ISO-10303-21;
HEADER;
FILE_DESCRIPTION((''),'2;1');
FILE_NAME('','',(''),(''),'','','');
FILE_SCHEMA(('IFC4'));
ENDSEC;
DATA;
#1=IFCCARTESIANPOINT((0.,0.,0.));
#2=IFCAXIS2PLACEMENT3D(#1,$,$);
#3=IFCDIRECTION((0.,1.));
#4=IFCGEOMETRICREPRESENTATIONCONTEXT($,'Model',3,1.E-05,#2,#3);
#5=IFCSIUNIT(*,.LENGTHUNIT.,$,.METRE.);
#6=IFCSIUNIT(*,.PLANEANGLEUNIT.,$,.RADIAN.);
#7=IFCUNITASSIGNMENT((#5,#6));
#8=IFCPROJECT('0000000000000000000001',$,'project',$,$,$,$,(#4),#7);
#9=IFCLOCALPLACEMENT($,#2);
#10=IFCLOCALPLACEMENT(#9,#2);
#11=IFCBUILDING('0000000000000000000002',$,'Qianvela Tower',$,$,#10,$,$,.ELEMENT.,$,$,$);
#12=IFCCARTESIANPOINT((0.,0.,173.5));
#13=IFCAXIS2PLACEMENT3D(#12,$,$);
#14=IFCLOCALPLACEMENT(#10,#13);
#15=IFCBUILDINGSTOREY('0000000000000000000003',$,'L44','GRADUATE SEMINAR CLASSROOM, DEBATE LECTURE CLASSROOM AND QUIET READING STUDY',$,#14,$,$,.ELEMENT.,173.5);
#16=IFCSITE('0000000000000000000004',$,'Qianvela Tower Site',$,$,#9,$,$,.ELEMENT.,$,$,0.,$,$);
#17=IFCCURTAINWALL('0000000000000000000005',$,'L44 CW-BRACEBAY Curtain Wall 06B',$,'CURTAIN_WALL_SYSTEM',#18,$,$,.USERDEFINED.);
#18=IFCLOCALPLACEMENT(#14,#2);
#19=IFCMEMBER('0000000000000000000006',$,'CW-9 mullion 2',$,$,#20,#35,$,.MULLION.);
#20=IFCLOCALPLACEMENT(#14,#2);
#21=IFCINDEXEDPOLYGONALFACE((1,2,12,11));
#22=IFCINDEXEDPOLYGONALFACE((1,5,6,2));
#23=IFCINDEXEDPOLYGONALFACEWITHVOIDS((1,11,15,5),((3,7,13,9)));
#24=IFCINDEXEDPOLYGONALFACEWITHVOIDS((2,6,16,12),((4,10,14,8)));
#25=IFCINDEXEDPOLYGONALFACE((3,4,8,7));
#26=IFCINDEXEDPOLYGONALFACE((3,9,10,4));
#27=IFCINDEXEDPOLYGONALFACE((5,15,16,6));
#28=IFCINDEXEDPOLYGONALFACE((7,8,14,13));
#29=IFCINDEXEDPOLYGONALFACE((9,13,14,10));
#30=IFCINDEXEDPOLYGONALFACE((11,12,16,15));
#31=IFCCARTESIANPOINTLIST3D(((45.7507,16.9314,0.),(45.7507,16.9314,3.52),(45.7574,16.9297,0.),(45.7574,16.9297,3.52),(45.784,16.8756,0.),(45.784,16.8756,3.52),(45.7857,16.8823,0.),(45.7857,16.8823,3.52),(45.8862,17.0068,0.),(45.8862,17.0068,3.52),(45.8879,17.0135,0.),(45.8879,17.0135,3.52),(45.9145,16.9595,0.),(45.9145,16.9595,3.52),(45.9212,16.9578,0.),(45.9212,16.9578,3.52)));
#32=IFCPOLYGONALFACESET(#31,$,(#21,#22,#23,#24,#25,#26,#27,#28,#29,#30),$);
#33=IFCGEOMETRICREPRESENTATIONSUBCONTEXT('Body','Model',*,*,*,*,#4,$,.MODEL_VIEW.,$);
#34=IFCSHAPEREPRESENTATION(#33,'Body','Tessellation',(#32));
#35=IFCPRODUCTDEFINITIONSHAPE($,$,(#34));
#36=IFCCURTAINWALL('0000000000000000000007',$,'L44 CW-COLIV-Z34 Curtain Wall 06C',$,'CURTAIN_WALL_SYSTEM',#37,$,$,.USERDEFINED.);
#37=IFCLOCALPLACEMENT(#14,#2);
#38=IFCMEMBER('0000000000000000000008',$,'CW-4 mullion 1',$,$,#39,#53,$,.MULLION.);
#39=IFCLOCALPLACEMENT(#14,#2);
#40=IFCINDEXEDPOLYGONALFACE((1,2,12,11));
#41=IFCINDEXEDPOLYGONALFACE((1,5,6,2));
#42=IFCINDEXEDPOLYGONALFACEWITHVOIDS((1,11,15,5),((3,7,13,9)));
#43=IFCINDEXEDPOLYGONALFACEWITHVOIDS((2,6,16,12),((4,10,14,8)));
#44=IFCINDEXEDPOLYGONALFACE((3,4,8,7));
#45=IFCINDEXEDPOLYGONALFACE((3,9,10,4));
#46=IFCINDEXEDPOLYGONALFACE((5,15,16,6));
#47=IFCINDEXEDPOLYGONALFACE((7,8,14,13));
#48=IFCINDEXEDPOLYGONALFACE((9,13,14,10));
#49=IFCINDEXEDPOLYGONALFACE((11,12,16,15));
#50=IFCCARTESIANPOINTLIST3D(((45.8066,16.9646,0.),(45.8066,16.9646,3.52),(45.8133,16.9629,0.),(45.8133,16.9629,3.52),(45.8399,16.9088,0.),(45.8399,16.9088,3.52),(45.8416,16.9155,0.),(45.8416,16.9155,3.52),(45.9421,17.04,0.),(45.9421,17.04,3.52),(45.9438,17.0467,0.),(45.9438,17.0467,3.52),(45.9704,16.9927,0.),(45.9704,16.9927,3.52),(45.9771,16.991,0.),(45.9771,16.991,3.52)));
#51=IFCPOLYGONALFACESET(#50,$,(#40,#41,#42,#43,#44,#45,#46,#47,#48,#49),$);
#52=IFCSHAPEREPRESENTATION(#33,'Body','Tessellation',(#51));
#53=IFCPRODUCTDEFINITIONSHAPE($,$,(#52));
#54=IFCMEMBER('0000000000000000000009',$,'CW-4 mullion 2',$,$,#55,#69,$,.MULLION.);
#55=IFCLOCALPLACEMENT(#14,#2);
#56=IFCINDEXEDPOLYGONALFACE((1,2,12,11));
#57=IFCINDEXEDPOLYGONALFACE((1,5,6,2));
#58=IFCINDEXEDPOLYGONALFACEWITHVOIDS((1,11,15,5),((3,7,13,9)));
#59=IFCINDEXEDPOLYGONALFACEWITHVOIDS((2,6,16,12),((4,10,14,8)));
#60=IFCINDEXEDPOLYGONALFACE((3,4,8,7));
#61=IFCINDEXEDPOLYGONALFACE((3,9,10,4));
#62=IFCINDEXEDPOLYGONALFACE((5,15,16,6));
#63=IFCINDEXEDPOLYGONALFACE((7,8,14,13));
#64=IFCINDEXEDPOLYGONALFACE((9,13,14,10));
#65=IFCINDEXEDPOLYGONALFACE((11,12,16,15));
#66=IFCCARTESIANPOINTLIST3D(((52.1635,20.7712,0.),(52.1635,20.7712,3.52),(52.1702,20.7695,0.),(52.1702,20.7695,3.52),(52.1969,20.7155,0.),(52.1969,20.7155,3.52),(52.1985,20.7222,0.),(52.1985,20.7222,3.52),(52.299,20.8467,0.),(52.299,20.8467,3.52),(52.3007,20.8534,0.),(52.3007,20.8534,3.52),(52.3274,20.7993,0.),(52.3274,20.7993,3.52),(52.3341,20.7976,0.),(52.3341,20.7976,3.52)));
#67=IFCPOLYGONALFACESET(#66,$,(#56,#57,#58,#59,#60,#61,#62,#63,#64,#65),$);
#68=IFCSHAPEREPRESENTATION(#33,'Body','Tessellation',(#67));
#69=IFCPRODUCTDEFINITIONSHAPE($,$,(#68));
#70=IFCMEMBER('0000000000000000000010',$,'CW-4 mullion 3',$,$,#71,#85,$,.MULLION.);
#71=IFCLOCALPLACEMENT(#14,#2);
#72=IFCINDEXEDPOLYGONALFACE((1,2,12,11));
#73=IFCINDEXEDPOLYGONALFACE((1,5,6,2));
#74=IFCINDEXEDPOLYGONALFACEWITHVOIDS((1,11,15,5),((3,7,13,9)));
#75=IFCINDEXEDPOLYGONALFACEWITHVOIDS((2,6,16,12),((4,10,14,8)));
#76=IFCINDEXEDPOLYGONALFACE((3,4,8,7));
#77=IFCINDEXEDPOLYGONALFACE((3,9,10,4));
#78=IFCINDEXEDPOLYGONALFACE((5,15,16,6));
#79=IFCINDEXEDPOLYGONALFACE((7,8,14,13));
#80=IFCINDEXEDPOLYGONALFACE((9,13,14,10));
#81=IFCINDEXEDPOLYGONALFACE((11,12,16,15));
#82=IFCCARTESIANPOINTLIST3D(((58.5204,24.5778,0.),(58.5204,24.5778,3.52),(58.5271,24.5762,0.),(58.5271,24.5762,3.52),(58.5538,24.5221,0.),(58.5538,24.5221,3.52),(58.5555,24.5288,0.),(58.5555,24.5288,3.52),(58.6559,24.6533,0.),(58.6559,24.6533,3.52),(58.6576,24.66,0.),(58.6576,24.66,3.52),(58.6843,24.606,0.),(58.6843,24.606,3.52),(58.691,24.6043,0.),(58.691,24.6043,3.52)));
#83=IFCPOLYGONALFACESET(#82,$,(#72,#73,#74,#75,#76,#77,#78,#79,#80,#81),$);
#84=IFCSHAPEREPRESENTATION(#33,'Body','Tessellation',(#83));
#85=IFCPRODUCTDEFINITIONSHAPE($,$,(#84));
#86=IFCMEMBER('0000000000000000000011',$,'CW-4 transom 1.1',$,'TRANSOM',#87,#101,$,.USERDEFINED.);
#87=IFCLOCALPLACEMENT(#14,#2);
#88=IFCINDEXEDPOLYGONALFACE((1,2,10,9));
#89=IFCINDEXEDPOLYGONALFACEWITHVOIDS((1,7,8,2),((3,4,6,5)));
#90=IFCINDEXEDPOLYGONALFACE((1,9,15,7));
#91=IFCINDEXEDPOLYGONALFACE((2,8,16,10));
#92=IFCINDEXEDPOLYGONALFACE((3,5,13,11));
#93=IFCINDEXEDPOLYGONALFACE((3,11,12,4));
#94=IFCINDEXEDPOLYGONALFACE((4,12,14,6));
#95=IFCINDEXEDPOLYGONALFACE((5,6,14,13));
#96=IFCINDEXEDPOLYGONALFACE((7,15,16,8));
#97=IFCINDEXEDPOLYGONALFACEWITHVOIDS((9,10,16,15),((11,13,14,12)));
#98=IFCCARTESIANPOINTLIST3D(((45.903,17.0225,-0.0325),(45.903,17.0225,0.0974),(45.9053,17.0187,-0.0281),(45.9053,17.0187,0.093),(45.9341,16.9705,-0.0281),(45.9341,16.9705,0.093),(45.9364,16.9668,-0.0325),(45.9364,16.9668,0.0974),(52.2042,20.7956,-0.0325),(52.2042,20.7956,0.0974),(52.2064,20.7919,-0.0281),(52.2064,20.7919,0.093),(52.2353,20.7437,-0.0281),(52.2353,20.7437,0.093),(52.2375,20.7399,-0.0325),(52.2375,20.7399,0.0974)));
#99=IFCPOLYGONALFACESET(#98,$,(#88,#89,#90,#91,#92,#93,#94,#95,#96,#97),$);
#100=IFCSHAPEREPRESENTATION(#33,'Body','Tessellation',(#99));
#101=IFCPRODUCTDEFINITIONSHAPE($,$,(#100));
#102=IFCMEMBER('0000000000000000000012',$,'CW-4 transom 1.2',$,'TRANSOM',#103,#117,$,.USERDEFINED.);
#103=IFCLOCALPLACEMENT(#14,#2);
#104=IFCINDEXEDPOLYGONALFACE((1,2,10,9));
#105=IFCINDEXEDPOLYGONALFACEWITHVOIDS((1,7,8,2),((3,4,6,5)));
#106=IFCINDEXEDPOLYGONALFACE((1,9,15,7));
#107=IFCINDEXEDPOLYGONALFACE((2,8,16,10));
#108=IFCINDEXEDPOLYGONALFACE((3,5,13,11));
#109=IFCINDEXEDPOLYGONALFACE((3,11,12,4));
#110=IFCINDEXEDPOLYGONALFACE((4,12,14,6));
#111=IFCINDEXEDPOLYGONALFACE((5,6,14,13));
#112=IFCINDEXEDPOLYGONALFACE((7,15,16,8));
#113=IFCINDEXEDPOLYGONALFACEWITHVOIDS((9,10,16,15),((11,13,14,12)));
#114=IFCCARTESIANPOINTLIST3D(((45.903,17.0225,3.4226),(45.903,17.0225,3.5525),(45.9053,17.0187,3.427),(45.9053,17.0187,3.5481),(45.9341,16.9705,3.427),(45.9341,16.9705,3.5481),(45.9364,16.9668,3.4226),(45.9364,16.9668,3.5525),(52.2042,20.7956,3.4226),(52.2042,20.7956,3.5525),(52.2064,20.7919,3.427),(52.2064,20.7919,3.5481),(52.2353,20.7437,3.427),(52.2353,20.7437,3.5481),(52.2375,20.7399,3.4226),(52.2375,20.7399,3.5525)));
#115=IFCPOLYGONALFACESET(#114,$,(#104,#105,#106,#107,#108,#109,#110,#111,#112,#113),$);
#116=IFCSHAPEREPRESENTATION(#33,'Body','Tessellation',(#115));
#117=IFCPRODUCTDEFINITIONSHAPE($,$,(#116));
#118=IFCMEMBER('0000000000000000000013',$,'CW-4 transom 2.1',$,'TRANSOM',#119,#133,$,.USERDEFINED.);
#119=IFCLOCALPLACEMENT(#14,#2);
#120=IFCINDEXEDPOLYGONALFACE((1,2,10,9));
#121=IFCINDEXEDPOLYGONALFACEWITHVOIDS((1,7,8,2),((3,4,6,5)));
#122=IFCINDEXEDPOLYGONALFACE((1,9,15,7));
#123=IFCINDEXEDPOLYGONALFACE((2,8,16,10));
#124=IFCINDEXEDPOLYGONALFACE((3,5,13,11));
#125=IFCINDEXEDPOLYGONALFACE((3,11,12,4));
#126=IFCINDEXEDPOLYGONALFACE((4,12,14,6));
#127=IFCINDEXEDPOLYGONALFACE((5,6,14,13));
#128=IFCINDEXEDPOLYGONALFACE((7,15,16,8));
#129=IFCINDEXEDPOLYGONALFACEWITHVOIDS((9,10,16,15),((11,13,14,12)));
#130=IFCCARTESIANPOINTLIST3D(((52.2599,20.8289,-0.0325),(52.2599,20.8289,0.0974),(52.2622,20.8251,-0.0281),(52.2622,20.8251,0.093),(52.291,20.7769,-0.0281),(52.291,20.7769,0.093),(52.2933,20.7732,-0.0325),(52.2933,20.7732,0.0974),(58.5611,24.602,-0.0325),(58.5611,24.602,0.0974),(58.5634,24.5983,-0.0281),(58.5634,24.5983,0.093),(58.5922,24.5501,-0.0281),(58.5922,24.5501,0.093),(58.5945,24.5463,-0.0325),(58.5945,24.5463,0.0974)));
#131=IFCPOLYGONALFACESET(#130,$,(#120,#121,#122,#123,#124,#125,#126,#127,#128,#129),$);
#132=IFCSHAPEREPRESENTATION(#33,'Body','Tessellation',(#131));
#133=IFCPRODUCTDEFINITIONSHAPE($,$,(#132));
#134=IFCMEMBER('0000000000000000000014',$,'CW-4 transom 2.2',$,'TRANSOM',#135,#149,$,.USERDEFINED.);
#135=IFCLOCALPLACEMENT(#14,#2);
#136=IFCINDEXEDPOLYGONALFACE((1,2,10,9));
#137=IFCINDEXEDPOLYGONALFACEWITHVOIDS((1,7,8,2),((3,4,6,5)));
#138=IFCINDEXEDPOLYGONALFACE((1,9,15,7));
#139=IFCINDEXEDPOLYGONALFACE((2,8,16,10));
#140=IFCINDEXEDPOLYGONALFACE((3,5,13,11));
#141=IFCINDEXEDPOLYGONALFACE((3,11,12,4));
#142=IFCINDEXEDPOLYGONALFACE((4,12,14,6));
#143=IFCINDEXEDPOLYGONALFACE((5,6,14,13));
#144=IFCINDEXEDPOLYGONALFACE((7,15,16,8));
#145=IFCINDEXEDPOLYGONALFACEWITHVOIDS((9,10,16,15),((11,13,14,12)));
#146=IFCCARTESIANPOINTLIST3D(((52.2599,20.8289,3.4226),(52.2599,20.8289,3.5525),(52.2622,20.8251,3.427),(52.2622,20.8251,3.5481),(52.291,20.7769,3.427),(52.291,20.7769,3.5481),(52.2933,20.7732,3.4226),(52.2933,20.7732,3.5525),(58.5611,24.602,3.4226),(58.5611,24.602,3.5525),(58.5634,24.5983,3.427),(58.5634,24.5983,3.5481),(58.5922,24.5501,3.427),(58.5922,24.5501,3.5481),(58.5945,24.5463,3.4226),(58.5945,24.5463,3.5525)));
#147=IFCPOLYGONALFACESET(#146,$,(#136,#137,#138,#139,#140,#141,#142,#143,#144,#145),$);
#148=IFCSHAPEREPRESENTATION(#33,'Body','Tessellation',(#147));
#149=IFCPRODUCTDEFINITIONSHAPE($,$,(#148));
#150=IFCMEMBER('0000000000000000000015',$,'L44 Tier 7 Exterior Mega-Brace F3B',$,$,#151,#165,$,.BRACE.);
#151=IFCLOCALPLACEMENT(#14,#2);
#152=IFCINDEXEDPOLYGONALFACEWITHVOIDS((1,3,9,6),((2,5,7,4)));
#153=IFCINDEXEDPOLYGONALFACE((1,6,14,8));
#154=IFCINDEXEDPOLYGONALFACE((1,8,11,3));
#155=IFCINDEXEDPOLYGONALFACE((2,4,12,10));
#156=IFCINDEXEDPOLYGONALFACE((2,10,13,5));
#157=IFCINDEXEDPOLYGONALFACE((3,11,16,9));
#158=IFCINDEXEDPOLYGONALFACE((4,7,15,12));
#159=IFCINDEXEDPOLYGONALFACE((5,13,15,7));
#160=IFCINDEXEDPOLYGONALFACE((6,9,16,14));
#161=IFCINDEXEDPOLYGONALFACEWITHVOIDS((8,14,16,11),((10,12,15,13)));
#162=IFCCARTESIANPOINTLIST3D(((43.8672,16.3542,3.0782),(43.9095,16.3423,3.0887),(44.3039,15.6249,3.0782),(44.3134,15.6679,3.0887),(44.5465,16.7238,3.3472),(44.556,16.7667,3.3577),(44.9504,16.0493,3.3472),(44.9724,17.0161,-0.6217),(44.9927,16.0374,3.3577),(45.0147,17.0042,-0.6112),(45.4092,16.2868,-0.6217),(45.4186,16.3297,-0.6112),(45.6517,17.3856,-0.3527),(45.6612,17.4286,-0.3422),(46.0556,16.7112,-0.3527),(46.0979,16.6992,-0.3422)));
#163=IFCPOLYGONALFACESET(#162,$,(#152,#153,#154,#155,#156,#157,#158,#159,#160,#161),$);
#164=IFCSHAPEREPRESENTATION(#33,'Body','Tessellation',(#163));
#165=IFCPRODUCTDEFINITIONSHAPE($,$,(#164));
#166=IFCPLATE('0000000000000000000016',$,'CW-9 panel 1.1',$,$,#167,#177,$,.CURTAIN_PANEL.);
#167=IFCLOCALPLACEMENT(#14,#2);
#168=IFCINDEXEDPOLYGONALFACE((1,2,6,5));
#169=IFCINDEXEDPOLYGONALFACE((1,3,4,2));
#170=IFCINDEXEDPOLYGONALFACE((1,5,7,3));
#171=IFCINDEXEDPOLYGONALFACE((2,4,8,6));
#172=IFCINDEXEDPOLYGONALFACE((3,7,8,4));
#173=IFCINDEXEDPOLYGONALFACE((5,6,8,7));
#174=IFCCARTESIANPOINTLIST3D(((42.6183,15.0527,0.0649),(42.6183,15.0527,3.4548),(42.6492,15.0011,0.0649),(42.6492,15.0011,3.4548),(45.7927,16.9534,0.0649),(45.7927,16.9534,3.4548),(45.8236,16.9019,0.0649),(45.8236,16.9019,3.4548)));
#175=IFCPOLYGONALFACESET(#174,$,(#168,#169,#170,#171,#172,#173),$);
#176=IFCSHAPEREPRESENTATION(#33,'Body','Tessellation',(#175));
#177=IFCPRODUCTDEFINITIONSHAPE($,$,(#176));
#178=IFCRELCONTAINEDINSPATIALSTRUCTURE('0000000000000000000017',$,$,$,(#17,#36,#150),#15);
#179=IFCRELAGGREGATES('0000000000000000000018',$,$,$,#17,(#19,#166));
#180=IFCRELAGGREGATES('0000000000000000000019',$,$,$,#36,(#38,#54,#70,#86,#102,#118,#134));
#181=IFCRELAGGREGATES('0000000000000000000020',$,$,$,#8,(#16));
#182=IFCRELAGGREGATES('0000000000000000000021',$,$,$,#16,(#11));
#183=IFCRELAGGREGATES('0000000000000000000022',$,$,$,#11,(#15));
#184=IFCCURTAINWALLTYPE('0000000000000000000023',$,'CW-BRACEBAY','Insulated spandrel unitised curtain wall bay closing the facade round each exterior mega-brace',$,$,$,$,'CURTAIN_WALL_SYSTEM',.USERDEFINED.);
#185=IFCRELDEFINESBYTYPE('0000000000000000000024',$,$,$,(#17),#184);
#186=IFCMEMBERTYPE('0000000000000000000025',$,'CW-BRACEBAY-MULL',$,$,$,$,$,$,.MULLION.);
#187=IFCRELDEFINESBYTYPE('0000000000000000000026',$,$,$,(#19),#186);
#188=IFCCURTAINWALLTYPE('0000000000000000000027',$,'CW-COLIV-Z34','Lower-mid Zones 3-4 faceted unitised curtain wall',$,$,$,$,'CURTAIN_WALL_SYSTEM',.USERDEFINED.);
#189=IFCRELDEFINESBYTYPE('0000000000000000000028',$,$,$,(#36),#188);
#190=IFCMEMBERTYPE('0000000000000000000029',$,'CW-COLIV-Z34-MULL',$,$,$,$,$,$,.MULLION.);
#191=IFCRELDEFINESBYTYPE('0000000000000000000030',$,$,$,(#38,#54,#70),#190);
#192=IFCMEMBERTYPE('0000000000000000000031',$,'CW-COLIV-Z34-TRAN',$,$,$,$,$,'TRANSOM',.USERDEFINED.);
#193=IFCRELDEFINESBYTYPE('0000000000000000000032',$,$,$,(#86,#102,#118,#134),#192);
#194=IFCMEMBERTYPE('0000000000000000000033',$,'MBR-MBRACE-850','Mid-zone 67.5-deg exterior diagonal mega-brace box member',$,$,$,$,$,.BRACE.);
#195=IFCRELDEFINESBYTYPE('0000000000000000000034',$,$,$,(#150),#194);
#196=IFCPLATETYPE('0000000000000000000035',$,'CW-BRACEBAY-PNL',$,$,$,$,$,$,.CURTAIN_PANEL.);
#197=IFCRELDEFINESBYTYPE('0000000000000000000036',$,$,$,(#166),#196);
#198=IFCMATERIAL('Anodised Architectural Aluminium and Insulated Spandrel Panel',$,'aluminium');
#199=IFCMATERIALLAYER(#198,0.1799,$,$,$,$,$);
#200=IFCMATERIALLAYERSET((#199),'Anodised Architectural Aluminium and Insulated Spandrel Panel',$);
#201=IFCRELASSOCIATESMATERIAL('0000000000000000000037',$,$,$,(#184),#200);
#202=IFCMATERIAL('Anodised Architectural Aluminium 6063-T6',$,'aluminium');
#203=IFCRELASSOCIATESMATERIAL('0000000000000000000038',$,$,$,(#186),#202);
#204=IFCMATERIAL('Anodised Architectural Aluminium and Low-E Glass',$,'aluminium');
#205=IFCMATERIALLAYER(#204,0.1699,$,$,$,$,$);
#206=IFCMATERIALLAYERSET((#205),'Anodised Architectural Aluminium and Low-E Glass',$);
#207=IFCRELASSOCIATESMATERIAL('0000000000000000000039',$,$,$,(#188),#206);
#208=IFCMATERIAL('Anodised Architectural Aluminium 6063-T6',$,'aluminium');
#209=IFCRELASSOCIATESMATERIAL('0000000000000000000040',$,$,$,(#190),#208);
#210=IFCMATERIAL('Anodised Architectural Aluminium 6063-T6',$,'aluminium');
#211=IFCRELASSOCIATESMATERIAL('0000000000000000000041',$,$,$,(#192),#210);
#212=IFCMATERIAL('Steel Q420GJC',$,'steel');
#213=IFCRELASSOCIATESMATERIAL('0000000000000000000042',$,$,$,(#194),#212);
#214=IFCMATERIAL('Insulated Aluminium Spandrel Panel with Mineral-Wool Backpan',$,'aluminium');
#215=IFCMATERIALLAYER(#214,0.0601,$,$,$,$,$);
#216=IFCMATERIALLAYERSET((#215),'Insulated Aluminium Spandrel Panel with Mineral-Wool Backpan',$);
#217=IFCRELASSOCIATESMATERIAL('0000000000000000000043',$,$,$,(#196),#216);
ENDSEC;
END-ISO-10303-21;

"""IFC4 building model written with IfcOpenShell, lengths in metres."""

from ifc_helpers import new_model, si_unit, direction, frame, origin, origin_2d, place, context, subcontext, project, spatial, rectangle, hollow_rectangle, extrude, material, layer, layer_set, material_profile, profile_set, type_object, element, aggregate, save


model = new_model("IFC4")

# Units and contexts
model_context = context("Model", 3, precision=1e-05, world=origin(), true_north=direction((0.0, 1.0)))
body_context = subcontext(model_context, "Body", "Model", "MODEL_VIEW")
ifc_project = project(units=[si_unit("LENGTHUNIT", "METRE"), si_unit("PLANEANGLEUNIT", "RADIAN")], contexts=[model_context])

# Site, building, storey
site_placement = place(None, origin())
site = spatial("IfcSite", under=ifc_project, at=site_placement, Name="Qianvela Tower Site", CompositionType="ELEMENT", RefElevation=0.0)
building_placement = place(site_placement, origin())
building = spatial("IfcBuilding", under=site, at=building_placement, Name="Qianvela Tower", CompositionType="ELEMENT")
storey_placement = place(building_placement, frame((0.0, 0.0, 173.5)))
storey = spatial("IfcBuildingStorey", under=building, at=storey_placement, Name="L44", Description="GRADUATE SEMINAR CLASSROOM, DEBATE LECTURE CLASSROOM AND QUIET READING STUDY", CompositionType="ELEMENT", Elevation=173.5)

# Curtain wall, member
ifc_material_1 = material(Name="Anodised Architectural Aluminium and Insulated Spandrel Panel", Category="aluminium")
ifc_layer_1 = layer(ifc_material_1, 0.1799)
ifc_layer_set_1 = layer_set([ifc_layer_1], Name="Anodised Architectural Aluminium and Insulated Spandrel Panel")
curtain_wall_type_1 = type_object("IfcCurtainWallType", Name="CW-BRACEBAY", Description="Insulated spandrel unitised curtain wall bay closing the facade round each exterior mega-brace", ElementType="CURTAIN_WALL_SYSTEM", PredefinedType="USERDEFINED", material=ifc_layer_set_1)
curtain_wall_1_placement = place(storey_placement, origin())
curtain_wall_1 = element("IfcCurtainWall", 1, at=curtain_wall_1_placement, inside=storey, type_object=curtain_wall_type_1, Name="L44 CW-BRACEBAY Curtain Wall 06B", ObjectType="CURTAIN_WALL_SYSTEM", PredefinedType="USERDEFINED")
ifc_material_2 = material(Name="Anodised Architectural Aluminium 6063-T6", Category="aluminium")
ifc_material_profile_1 = material_profile(ifc_material_2, hollow_rectangle(XDim=0.0649, YDim=0.1599, WallThickness=0.0049, at=origin_2d()), Name="ALU-MULL-65x160")
ifc_profile_set_1 = profile_set([ifc_material_profile_1], Name="Anodised Architectural Aluminium 6063-T6")
member_type_1 = type_object("IfcMemberType", Name="CW-BRACEBAY-MULL", PredefinedType="MULLION", material=ifc_profile_set_1)
member_1_placement = place(storey_placement, frame((45.8359, 16.9446, 0.0), z_axis=(0.0, 0.0, 1.0), x_axis=(-0.513728, 0.857953, 0.0)))
member_1 = element("IfcMember", 2, at=member_1_placement, type_object=member_type_1, Name="CW-9 mullion 2", PredefinedType="MULLION", context=body_context, shape_type="SweptSolid", body=[
    extrude(hollow_rectangle(XDim=0.0649, YDim=0.1599, WallThickness=0.0049, at=origin_2d()), origin(), (0.0, 0.0, 1.0), 3.52),
])

# Curtain wall, members
ifc_material_3 = material(Name="Anodised Architectural Aluminium and Low-E Glass", Category="aluminium")
ifc_layer_2 = layer(ifc_material_3, 0.1699)
ifc_layer_set_2 = layer_set([ifc_layer_2], Name="Anodised Architectural Aluminium and Low-E Glass")
curtain_wall_type_2 = type_object("IfcCurtainWallType", Name="CW-COLIV-Z34", Description="Lower-mid Zones 3-4 faceted unitised curtain wall", ElementType="CURTAIN_WALL_SYSTEM", PredefinedType="USERDEFINED", material=ifc_layer_set_2)
curtain_wall_2_placement = place(storey_placement, origin())
curtain_wall_2 = element("IfcCurtainWall", 3, at=curtain_wall_2_placement, inside=storey, type_object=curtain_wall_type_2, Name="L44 CW-COLIV-Z34 Curtain Wall 06C", ObjectType="CURTAIN_WALL_SYSTEM", PredefinedType="USERDEFINED")
ifc_material_4 = material(Name="Anodised Architectural Aluminium 6063-T6", Category="aluminium")
ifc_material_profile_2 = material_profile(ifc_material_4, hollow_rectangle(XDim=0.0649, YDim=0.1599, WallThickness=0.0049, at=origin_2d()), Name="ALU-MULL-65x160")
ifc_profile_set_2 = profile_set([ifc_material_profile_2], Name="Anodised Architectural Aluminium 6063-T6")
member_type_2 = type_object("IfcMemberType", Name="CW-COLIV-Z34-MULL", PredefinedType="MULLION", material=ifc_profile_set_2)
member_2_placement = place(storey_placement, frame((45.8918, 16.9778, 0.0), z_axis=(0.0, 0.0, 1.0), x_axis=(-0.513736, 0.857948, 0.0)))
member_2 = element("IfcMember", 4, at=member_2_placement, type_object=member_type_2, Name="CW-4 mullion 1", PredefinedType="MULLION", context=body_context, shape_type="SweptSolid", body=[
    extrude(hollow_rectangle(XDim=0.0649, YDim=0.1599, WallThickness=0.0049, at=origin_2d()), origin(), (0.0, 0.0, 1.0), 3.52),
])
member_3_placement = place(storey_placement, frame((52.2488, 20.7844, 0.0), z_axis=(0.0, 0.0, 1.0), x_axis=(-0.513736, 0.857948, 0.0)))
member_3 = element("IfcMember", 5, at=member_3_placement, type_object=member_type_2, Name="CW-4 mullion 2", PredefinedType="MULLION", context=body_context, shape_type="SweptSolid", body=[
    extrude(hollow_rectangle(XDim=0.0649, YDim=0.1599, WallThickness=0.0049, at=origin_2d()), origin(), (0.0, 0.0, 1.0), 3.52),
])
member_4_placement = place(storey_placement, frame((58.6057, 24.5911, 0.0), z_axis=(0.0, 0.0, 1.0), x_axis=(-0.513736, 0.857948, 0.0)))
member_4 = element("IfcMember", 6, at=member_4_placement, type_object=member_type_2, Name="CW-4 mullion 3", PredefinedType="MULLION", context=body_context, shape_type="SweptSolid", body=[
    extrude(hollow_rectangle(XDim=0.0649, YDim=0.1599, WallThickness=0.0049, at=origin_2d()), origin(), (0.0, 0.0, 1.0), 3.52),
])
ifc_material_5 = material(Name="Anodised Architectural Aluminium 6063-T6", Category="aluminium")
ifc_material_profile_3 = material_profile(ifc_material_5, hollow_rectangle(XDim=0.0649, YDim=0.1299, WallThickness=0.0044, at=origin_2d()), Name="ALU-TRAN-65x130")
ifc_profile_set_3 = profile_set([ifc_material_profile_3], Name="Anodised Architectural Aluminium 6063-T6")
member_type_3 = type_object("IfcMemberType", Name="CW-COLIV-Z34-TRAN", ElementType="TRANSOM", PredefinedType="USERDEFINED", material=ifc_profile_set_3)
member_5_placement = place(storey_placement, frame((45.9197, 16.9946, 0.0325), z_axis=(0.857947, 0.513738, 0.0), x_axis=(-0.513738, 0.857947, 0.0)))
member_5 = element("IfcMember", 7, at=member_5_placement, type_object=member_type_3, Name="CW-4 transom 1.1", ObjectType="TRANSOM", PredefinedType="USERDEFINED", context=body_context, shape_type="SweptSolid", body=[
    extrude(hollow_rectangle(XDim=0.0649, YDim=0.1299, WallThickness=0.0044, at=origin_2d()), origin(), (0.0, 0.0, 1.0), 7.3445),
])
member_6_placement = place(storey_placement, frame((45.9197, 16.9946, 3.4875), z_axis=(0.857947, 0.513738, 0.0), x_axis=(-0.513738, 0.857947, 0.0)))
member_6 = element("IfcMember", 8, at=member_6_placement, type_object=member_type_3, Name="CW-4 transom 1.2", ObjectType="TRANSOM", PredefinedType="USERDEFINED", context=body_context, shape_type="SweptSolid", body=[
    extrude(hollow_rectangle(XDim=0.0649, YDim=0.1299, WallThickness=0.0044, at=origin_2d()), origin(), (0.0, 0.0, 1.0), 7.3445),
])
member_7_placement = place(storey_placement, frame((52.2766, 20.801, 0.0325), z_axis=(0.857947, 0.513738, 0.0), x_axis=(-0.513738, 0.857947, 0.0)))
member_7 = element("IfcMember", 9, at=member_7_placement, type_object=member_type_3, Name="CW-4 transom 2.1", ObjectType="TRANSOM", PredefinedType="USERDEFINED", context=body_context, shape_type="SweptSolid", body=[
    extrude(hollow_rectangle(XDim=0.0649, YDim=0.1299, WallThickness=0.0044, at=origin_2d()), origin(), (0.0, 0.0, 1.0), 7.3445),
])
member_8_placement = place(storey_placement, frame((52.2766, 20.801, 3.4875), z_axis=(0.857947, 0.513738, 0.0), x_axis=(-0.513738, 0.857947, 0.0)))
member_8 = element("IfcMember", 10, at=member_8_placement, type_object=member_type_3, Name="CW-4 transom 2.2", ObjectType="TRANSOM", PredefinedType="USERDEFINED", context=body_context, shape_type="SweptSolid", body=[
    extrude(hollow_rectangle(XDim=0.0649, YDim=0.1299, WallThickness=0.0044, at=origin_2d()), origin(), (0.0, 0.0, 1.0), 7.3445),
])

# Member
ifc_material_6 = material(Name="Steel Q420GJC", Category="steel")
ifc_material_profile_4 = material_profile(ifc_material_6, hollow_rectangle(XDim=0.8501, YDim=0.8501, WallThickness=0.032, at=origin_2d()), Name="MBOX-850x850x32")
ifc_profile_set_4 = profile_set([ifc_material_profile_4], Name="Steel Q420GJC")
member_type_4 = type_object("IfcMemberType", Name="MBR-MBRACE-850", Description="Mid-zone 67.5-deg exterior diagonal mega-brace box member", PredefinedType="BRACE", material=ifc_profile_set_4)
member_9_placement = place(storey_placement, frame((45.5352, 16.8577, -0.4819), z_axis=(-0.282103, -0.168938, 0.944393), x_axis=(0.513771, -0.857927, 0.0)))
element("IfcMember", 11, at=member_9_placement, inside=storey, type_object=member_type_4, Name="L44 Tier 7 Exterior Mega-Brace F3B", PredefinedType="BRACE", context=body_context, shape_type="SweptSolid", body=[
    extrude(hollow_rectangle(XDim=0.8501, YDim=0.8501, WallThickness=0.032, at=origin_2d()), origin(), (0.0, 0.0, 1.0), 3.9177),
])

# Plate
ifc_material_7 = material(Name="Insulated Aluminium Spandrel Panel with Mineral-Wool Backpan", Category="aluminium")
ifc_layer_3 = layer(ifc_material_7, 0.0601)
ifc_layer_set_3 = layer_set([ifc_layer_3], Name="Insulated Aluminium Spandrel Panel with Mineral-Wool Backpan")
plate_type_1 = type_object("IfcPlateType", Name="CW-BRACEBAY-PNL", PredefinedType="CURTAIN_PANEL", material=ifc_layer_set_3)
plate_1_placement = place(storey_placement, frame((44.2209, 15.9773, 0.0649), z_axis=(0.0, 0.0, 1.0), x_axis=(0.857953, 0.513728, 0.0)))
plate_1 = element("IfcPlate", 12, at=plate_1_placement, type_object=plate_type_1, Name="CW-9 panel 1.1", PredefinedType="CURTAIN_PANEL", context=body_context, shape_type="SweptSolid", body=[
    extrude(rectangle(XDim=3.7, YDim=0.0601, at=origin_2d()), origin(), (0.0, 0.0, 1.0), 3.3899),
])
aggregate(curtain_wall_1, [member_1, plate_1])
aggregate(curtain_wall_2, [member_2, member_3, member_4, member_5, member_6, member_7, member_8])

save(model, "model.ifc")
